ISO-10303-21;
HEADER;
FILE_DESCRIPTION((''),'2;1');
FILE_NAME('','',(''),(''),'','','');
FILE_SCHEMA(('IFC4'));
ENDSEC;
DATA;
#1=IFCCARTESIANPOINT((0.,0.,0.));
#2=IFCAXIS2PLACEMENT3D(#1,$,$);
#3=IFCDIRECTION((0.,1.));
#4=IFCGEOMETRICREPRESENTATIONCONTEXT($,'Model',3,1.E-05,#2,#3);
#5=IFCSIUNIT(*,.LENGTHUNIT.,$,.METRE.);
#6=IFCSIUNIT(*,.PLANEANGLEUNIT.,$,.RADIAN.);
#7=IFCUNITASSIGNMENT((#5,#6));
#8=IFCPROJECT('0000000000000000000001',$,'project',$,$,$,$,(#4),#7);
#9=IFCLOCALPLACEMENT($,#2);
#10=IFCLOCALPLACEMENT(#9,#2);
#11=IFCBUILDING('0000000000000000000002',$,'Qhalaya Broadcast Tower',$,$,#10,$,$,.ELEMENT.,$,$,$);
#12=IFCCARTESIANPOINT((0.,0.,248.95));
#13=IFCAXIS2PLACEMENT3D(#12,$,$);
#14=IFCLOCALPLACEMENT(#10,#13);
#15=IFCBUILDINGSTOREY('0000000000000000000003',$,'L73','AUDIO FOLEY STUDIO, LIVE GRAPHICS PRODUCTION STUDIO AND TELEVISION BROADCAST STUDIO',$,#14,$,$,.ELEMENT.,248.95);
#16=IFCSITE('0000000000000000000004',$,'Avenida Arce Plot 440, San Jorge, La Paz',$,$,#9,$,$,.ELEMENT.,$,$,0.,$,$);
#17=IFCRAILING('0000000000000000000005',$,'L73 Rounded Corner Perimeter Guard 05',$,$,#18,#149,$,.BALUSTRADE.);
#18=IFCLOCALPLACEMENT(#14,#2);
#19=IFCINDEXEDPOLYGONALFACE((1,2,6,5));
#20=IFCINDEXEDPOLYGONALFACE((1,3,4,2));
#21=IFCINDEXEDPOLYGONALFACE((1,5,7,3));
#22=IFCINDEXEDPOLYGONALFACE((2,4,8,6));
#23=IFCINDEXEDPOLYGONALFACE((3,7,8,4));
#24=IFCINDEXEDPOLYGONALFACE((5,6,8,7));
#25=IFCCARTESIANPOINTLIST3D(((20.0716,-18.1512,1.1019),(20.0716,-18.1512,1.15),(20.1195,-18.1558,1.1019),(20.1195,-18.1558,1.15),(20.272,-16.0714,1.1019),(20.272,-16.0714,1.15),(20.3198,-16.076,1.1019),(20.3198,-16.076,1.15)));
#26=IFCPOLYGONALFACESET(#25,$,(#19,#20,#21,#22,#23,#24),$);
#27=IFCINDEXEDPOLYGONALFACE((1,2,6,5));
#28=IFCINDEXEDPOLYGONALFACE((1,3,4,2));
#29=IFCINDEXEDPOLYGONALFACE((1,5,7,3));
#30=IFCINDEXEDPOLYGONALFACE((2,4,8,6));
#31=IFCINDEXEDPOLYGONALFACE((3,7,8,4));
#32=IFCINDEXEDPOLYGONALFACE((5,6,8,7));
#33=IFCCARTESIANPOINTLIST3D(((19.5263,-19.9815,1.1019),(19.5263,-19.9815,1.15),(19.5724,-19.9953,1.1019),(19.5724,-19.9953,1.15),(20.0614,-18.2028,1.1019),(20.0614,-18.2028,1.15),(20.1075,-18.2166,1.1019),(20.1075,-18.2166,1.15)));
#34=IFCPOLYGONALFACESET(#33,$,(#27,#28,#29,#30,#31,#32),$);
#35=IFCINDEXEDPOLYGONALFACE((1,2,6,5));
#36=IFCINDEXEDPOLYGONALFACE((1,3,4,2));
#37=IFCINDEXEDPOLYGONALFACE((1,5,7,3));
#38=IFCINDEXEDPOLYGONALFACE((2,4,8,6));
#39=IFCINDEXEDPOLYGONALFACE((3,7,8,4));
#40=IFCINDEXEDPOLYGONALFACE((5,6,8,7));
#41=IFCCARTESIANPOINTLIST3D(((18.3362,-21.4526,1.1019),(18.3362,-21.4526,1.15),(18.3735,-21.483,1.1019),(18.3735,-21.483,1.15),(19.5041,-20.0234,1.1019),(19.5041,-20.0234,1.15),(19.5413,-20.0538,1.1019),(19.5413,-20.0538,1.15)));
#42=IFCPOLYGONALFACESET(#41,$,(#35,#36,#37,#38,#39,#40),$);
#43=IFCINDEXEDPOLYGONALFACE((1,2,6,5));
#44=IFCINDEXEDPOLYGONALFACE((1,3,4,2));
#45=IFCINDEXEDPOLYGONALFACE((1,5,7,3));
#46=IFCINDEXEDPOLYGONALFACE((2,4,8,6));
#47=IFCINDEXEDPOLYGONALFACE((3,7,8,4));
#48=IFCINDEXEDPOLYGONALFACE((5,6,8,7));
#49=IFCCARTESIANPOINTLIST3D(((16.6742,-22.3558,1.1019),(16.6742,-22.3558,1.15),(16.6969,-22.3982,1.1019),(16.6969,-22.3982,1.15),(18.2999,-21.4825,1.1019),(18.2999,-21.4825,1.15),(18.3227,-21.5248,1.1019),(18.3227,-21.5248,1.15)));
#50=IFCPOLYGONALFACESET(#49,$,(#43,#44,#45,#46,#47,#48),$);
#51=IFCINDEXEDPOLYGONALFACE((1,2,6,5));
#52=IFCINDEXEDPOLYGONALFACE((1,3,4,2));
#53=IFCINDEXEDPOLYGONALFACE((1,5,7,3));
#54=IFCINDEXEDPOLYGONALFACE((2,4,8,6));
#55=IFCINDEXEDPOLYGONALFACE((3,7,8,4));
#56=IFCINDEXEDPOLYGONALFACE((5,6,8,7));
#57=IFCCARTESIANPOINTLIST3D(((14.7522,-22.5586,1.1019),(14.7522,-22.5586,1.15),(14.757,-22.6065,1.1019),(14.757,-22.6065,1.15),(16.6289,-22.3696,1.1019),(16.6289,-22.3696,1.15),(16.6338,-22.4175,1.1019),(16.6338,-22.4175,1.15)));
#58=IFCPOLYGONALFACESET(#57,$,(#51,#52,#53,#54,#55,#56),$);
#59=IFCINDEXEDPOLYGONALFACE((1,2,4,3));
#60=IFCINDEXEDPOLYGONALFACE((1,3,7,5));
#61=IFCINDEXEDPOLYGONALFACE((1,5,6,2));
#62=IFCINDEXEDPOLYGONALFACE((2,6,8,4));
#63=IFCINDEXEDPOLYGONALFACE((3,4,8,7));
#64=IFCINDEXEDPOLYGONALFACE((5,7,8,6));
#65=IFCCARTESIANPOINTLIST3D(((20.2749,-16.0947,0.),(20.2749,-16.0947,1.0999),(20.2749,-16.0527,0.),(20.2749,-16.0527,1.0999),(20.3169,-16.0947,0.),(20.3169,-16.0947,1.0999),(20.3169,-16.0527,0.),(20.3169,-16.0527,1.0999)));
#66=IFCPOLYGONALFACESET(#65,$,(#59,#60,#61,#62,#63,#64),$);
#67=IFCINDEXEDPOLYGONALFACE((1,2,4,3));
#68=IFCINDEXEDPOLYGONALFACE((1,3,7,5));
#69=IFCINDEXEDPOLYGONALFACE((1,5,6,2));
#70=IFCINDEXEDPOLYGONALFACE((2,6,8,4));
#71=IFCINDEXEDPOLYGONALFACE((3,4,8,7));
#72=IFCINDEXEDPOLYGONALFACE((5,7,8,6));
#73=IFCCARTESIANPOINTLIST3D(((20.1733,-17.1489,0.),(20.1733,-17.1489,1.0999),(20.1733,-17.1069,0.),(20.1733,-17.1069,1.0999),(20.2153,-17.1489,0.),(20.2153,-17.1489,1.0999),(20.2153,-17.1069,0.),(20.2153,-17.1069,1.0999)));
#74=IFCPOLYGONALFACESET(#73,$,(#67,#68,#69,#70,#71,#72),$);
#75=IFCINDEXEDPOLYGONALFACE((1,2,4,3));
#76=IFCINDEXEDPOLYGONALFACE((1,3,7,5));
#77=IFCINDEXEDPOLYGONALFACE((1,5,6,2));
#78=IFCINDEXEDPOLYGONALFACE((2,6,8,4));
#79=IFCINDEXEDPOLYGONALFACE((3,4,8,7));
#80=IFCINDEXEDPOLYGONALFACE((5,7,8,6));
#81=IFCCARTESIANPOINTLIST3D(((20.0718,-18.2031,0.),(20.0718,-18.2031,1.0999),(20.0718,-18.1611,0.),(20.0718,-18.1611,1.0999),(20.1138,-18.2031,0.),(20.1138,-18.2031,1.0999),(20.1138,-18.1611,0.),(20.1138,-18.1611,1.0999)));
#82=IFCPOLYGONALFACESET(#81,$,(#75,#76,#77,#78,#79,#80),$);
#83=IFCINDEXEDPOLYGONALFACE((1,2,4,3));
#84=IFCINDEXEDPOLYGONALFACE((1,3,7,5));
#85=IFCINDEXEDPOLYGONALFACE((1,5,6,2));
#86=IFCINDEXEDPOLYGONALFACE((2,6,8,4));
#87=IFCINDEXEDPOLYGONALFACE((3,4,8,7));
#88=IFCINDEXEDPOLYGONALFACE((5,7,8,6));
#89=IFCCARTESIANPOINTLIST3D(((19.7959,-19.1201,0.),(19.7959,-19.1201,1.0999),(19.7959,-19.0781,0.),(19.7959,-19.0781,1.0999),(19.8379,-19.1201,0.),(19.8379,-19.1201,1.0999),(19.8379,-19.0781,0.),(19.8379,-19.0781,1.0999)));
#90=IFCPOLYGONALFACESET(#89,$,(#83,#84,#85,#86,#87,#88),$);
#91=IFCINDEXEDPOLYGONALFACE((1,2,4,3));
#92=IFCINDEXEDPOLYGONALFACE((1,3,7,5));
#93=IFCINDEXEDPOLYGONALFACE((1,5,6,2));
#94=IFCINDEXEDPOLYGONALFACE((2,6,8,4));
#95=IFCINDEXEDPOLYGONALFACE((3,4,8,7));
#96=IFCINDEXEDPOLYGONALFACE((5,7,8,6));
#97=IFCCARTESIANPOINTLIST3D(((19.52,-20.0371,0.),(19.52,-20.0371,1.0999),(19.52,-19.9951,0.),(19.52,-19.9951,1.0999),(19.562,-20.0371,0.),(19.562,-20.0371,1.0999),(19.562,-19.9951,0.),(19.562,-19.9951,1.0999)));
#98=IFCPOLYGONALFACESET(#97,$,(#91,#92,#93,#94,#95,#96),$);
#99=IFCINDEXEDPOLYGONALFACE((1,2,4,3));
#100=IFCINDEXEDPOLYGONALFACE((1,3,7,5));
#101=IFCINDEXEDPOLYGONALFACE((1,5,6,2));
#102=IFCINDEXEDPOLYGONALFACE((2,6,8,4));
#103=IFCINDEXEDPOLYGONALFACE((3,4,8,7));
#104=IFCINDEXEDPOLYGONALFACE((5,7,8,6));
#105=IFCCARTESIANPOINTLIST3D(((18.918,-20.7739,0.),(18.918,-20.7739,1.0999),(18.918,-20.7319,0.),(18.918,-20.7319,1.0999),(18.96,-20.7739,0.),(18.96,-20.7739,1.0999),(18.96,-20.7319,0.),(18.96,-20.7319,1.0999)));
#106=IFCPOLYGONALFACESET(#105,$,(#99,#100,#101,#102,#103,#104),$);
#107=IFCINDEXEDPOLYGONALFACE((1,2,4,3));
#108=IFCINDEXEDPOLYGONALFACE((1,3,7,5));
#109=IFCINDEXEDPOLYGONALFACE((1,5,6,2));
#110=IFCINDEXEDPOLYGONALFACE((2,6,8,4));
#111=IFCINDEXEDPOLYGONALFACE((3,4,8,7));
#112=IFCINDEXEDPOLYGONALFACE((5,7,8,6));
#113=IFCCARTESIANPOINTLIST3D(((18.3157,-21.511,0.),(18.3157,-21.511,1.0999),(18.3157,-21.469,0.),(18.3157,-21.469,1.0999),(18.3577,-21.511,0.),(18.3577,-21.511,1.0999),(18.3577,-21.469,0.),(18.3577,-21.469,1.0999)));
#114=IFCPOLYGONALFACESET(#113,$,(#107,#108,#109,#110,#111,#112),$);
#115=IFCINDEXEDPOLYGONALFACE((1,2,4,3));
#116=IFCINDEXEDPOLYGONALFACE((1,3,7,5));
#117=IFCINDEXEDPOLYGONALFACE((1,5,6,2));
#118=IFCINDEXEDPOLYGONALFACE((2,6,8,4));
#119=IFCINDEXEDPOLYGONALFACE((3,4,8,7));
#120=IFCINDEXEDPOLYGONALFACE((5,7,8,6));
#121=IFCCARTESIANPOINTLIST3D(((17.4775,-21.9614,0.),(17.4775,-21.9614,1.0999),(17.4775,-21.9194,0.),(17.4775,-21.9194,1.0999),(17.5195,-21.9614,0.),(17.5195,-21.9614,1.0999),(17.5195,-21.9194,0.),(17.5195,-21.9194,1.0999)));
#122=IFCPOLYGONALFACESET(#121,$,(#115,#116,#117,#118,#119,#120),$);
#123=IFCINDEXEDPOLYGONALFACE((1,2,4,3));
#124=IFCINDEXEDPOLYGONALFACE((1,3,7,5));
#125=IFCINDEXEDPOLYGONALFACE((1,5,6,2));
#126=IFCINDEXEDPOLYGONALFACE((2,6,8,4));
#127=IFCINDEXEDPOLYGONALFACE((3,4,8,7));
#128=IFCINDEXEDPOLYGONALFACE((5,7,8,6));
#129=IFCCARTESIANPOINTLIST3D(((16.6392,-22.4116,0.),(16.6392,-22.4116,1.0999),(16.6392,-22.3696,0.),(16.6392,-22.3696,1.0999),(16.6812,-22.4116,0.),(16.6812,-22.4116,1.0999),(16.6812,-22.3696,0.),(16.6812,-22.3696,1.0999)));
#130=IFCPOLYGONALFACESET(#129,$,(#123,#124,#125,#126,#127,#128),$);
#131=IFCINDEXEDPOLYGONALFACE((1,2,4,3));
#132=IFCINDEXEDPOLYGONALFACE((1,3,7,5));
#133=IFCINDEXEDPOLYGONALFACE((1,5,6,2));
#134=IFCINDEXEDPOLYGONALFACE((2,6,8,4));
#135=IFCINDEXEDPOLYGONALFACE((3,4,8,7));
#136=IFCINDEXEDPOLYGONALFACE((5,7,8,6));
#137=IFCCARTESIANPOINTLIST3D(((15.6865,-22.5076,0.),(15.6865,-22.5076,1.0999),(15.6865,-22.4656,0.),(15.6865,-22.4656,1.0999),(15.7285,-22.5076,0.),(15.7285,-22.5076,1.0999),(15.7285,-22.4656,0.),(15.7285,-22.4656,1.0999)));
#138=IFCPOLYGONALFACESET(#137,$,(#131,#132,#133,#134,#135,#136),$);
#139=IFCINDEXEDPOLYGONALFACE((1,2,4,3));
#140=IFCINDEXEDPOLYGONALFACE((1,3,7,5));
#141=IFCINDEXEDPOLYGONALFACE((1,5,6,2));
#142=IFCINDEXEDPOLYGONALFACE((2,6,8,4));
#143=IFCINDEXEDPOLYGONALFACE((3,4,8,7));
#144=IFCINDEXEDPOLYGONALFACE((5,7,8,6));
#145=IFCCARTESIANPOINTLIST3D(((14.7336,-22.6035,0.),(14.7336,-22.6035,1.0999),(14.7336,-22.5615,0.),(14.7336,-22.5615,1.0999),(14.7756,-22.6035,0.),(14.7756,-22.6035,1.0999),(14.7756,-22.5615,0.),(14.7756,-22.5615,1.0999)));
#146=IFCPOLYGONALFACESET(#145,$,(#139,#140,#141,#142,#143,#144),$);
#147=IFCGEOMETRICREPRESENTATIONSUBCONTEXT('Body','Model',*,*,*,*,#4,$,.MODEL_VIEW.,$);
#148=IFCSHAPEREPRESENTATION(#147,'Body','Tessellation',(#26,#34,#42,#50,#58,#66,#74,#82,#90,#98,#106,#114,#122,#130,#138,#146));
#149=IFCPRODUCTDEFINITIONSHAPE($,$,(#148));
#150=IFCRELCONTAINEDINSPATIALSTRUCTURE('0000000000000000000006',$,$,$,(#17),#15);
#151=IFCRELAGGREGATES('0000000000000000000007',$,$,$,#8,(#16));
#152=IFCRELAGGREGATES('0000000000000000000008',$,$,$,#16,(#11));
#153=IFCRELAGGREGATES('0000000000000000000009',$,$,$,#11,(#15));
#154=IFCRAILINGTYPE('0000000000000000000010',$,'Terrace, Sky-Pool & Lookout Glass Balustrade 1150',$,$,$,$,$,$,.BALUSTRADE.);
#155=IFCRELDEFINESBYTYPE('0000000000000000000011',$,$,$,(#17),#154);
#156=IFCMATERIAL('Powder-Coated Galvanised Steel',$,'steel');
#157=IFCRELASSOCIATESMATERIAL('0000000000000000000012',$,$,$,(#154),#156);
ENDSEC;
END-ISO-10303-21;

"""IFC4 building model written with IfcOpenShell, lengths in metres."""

from ifc_helpers import new_model, si_unit, direction, frame, origin, origin_2d, place, context, subcontext, project, spatial, rectangle, extrude, material, type_object, element, save


model = new_model("IFC4")

# Units and contexts
model_context = context("Model", 3, precision=1e-05, world=origin(), true_north=direction((0.0, 1.0)))
body_context = subcontext(model_context, "Body", "Model", "MODEL_VIEW")
ifc_project = project(units=[si_unit("LENGTHUNIT", "METRE"), si_unit("PLANEANGLEUNIT", "RADIAN")], contexts=[model_context])

# Site, building, storey
site_placement = place(None, origin())
site = spatial("IfcSite", under=ifc_project, at=site_placement, Name="Avenida Arce Plot 440, San Jorge, La Paz", CompositionType="ELEMENT", RefElevation=0.0)
building_placement = place(site_placement, origin())
building = spatial("IfcBuilding", under=site, at=building_placement, Name="Qhalaya Broadcast Tower", CompositionType="ELEMENT")
storey_placement = place(building_placement, frame((0.0, 0.0, 248.95)))
storey = spatial("IfcBuildingStorey", under=building, at=storey_placement, Name="L73", Description="AUDIO FOLEY STUDIO, LIVE GRAPHICS PRODUCTION STUDIO AND TELEVISION BROADCAST STUDIO", CompositionType="ELEMENT", Elevation=248.95)

# Railing
ifc_material_1 = material(Name="Powder-Coated Galvanised Steel", Category="steel")
railing_type = type_object("IfcRailingType", Name="Terrace, Sky-Pool & Lookout Glass Balustrade 1150", PredefinedType="BALUSTRADE", material=ifc_material_1)
railing_1_placement = place(storey_placement, frame((20.2959, -16.0737, 0.0)))
element("IfcRailing", 1, at=railing_1_placement, inside=storey, type_object=railing_type, Name="L73 Rounded Corner Perimeter Guard 05", PredefinedType="BALUSTRADE", context=body_context, shape_type="SweptSolid", body=[
    extrude(rectangle(XDim=0.0481, YDim=0.0481, at=origin_2d()), frame((0.0, 0.0, 1.126), z_axis=(-0.095897, -0.995391, 0.0), x_axis=(0.995391, -0.095897, 0.0)), (0.0, 0.0, 1.0), 2.0894),
    extrude(rectangle(XDim=0.0481, YDim=0.0481, at=origin_2d()), frame((-0.2114, -2.136, 1.126), z_axis=(-0.288096, -0.957601, 0.0), x_axis=(0.957601, -0.288096, 0.0)), (0.0, 0.0, 1.0), 1.8574),
    extrude(rectangle(XDim=0.0481, YDim=0.0481, at=origin_2d()), frame((-0.7732, -3.9648, 1.126), z_axis=(-0.632749, -0.774357, 0.0), x_axis=(0.774357, -0.632749, 0.0)), (0.0, 0.0, 1.0), 1.8457),
    extrude(rectangle(XDim=0.0481, YDim=0.0481, at=origin_2d()), frame((-1.9846, -5.4299, 1.126), z_axis=(-0.880932, -0.473243, 0.0), x_axis=(0.473243, -0.880932, 0.0)), (0.0, 0.0, 1.0), 1.8455),
    extrude(rectangle(XDim=0.0481, YDim=0.0481, at=origin_2d()), frame((-3.6646, -6.3198, 1.126), z_axis=(-0.994968, -0.100198, 0.0), x_axis=(0.100198, -0.994968, 0.0)), (0.0, 0.0, 1.0), 1.8862),
    extrude(rectangle(XDim=0.042, YDim=0.042, at=origin_2d()), origin(), (0.0, 0.0, 1.0), 1.0999),
    extrude(rectangle(XDim=0.042, YDim=0.042, at=origin_2d()), frame((-0.1016, -1.0542, 0.0)), (0.0, 0.0, 1.0), 1.0999),
    extrude(rectangle(XDim=0.042, YDim=0.042, at=origin_2d()), frame((-0.2031, -2.1084, 0.0)), (0.0, 0.0, 1.0), 1.0999),
    extrude(rectangle(XDim=0.042, YDim=0.042, at=origin_2d()), frame((-0.479, -3.0254, 0.0)), (0.0, 0.0, 1.0), 1.0999),
    extrude(rectangle(XDim=0.042, YDim=0.042, at=origin_2d()), frame((-0.7549, -3.9424, 0.0)), (0.0, 0.0, 1.0), 1.0999),
    extrude(rectangle(XDim=0.042, YDim=0.042, at=origin_2d()), frame((-1.3569, -4.6792, 0.0)), (0.0, 0.0, 1.0), 1.0999),
    extrude(rectangle(XDim=0.042, YDim=0.042, at=origin_2d()), frame((-1.9592, -5.4163, 0.0)), (0.0, 0.0, 1.0), 1.0999),
    extrude(rectangle(XDim=0.042, YDim=0.042, at=origin_2d()), frame((-2.7974, -5.8667, 0.0)), (0.0, 0.0, 1.0), 1.0999),
    extrude(rectangle(XDim=0.042, YDim=0.042, at=origin_2d()), frame((-3.6357, -6.3169, 0.0)), (0.0, 0.0, 1.0), 1.0999),
    extrude(rectangle(XDim=0.042, YDim=0.042, at=origin_2d()), frame((-4.5884, -6.4128, 0.0)), (0.0, 0.0, 1.0), 1.0999),
    extrude(rectangle(XDim=0.042, YDim=0.042, at=origin_2d()), frame((-5.5413, -6.5088, 0.0)), (0.0, 0.0, 1.0), 1.0999),
])

save(model, "model.ifc")
